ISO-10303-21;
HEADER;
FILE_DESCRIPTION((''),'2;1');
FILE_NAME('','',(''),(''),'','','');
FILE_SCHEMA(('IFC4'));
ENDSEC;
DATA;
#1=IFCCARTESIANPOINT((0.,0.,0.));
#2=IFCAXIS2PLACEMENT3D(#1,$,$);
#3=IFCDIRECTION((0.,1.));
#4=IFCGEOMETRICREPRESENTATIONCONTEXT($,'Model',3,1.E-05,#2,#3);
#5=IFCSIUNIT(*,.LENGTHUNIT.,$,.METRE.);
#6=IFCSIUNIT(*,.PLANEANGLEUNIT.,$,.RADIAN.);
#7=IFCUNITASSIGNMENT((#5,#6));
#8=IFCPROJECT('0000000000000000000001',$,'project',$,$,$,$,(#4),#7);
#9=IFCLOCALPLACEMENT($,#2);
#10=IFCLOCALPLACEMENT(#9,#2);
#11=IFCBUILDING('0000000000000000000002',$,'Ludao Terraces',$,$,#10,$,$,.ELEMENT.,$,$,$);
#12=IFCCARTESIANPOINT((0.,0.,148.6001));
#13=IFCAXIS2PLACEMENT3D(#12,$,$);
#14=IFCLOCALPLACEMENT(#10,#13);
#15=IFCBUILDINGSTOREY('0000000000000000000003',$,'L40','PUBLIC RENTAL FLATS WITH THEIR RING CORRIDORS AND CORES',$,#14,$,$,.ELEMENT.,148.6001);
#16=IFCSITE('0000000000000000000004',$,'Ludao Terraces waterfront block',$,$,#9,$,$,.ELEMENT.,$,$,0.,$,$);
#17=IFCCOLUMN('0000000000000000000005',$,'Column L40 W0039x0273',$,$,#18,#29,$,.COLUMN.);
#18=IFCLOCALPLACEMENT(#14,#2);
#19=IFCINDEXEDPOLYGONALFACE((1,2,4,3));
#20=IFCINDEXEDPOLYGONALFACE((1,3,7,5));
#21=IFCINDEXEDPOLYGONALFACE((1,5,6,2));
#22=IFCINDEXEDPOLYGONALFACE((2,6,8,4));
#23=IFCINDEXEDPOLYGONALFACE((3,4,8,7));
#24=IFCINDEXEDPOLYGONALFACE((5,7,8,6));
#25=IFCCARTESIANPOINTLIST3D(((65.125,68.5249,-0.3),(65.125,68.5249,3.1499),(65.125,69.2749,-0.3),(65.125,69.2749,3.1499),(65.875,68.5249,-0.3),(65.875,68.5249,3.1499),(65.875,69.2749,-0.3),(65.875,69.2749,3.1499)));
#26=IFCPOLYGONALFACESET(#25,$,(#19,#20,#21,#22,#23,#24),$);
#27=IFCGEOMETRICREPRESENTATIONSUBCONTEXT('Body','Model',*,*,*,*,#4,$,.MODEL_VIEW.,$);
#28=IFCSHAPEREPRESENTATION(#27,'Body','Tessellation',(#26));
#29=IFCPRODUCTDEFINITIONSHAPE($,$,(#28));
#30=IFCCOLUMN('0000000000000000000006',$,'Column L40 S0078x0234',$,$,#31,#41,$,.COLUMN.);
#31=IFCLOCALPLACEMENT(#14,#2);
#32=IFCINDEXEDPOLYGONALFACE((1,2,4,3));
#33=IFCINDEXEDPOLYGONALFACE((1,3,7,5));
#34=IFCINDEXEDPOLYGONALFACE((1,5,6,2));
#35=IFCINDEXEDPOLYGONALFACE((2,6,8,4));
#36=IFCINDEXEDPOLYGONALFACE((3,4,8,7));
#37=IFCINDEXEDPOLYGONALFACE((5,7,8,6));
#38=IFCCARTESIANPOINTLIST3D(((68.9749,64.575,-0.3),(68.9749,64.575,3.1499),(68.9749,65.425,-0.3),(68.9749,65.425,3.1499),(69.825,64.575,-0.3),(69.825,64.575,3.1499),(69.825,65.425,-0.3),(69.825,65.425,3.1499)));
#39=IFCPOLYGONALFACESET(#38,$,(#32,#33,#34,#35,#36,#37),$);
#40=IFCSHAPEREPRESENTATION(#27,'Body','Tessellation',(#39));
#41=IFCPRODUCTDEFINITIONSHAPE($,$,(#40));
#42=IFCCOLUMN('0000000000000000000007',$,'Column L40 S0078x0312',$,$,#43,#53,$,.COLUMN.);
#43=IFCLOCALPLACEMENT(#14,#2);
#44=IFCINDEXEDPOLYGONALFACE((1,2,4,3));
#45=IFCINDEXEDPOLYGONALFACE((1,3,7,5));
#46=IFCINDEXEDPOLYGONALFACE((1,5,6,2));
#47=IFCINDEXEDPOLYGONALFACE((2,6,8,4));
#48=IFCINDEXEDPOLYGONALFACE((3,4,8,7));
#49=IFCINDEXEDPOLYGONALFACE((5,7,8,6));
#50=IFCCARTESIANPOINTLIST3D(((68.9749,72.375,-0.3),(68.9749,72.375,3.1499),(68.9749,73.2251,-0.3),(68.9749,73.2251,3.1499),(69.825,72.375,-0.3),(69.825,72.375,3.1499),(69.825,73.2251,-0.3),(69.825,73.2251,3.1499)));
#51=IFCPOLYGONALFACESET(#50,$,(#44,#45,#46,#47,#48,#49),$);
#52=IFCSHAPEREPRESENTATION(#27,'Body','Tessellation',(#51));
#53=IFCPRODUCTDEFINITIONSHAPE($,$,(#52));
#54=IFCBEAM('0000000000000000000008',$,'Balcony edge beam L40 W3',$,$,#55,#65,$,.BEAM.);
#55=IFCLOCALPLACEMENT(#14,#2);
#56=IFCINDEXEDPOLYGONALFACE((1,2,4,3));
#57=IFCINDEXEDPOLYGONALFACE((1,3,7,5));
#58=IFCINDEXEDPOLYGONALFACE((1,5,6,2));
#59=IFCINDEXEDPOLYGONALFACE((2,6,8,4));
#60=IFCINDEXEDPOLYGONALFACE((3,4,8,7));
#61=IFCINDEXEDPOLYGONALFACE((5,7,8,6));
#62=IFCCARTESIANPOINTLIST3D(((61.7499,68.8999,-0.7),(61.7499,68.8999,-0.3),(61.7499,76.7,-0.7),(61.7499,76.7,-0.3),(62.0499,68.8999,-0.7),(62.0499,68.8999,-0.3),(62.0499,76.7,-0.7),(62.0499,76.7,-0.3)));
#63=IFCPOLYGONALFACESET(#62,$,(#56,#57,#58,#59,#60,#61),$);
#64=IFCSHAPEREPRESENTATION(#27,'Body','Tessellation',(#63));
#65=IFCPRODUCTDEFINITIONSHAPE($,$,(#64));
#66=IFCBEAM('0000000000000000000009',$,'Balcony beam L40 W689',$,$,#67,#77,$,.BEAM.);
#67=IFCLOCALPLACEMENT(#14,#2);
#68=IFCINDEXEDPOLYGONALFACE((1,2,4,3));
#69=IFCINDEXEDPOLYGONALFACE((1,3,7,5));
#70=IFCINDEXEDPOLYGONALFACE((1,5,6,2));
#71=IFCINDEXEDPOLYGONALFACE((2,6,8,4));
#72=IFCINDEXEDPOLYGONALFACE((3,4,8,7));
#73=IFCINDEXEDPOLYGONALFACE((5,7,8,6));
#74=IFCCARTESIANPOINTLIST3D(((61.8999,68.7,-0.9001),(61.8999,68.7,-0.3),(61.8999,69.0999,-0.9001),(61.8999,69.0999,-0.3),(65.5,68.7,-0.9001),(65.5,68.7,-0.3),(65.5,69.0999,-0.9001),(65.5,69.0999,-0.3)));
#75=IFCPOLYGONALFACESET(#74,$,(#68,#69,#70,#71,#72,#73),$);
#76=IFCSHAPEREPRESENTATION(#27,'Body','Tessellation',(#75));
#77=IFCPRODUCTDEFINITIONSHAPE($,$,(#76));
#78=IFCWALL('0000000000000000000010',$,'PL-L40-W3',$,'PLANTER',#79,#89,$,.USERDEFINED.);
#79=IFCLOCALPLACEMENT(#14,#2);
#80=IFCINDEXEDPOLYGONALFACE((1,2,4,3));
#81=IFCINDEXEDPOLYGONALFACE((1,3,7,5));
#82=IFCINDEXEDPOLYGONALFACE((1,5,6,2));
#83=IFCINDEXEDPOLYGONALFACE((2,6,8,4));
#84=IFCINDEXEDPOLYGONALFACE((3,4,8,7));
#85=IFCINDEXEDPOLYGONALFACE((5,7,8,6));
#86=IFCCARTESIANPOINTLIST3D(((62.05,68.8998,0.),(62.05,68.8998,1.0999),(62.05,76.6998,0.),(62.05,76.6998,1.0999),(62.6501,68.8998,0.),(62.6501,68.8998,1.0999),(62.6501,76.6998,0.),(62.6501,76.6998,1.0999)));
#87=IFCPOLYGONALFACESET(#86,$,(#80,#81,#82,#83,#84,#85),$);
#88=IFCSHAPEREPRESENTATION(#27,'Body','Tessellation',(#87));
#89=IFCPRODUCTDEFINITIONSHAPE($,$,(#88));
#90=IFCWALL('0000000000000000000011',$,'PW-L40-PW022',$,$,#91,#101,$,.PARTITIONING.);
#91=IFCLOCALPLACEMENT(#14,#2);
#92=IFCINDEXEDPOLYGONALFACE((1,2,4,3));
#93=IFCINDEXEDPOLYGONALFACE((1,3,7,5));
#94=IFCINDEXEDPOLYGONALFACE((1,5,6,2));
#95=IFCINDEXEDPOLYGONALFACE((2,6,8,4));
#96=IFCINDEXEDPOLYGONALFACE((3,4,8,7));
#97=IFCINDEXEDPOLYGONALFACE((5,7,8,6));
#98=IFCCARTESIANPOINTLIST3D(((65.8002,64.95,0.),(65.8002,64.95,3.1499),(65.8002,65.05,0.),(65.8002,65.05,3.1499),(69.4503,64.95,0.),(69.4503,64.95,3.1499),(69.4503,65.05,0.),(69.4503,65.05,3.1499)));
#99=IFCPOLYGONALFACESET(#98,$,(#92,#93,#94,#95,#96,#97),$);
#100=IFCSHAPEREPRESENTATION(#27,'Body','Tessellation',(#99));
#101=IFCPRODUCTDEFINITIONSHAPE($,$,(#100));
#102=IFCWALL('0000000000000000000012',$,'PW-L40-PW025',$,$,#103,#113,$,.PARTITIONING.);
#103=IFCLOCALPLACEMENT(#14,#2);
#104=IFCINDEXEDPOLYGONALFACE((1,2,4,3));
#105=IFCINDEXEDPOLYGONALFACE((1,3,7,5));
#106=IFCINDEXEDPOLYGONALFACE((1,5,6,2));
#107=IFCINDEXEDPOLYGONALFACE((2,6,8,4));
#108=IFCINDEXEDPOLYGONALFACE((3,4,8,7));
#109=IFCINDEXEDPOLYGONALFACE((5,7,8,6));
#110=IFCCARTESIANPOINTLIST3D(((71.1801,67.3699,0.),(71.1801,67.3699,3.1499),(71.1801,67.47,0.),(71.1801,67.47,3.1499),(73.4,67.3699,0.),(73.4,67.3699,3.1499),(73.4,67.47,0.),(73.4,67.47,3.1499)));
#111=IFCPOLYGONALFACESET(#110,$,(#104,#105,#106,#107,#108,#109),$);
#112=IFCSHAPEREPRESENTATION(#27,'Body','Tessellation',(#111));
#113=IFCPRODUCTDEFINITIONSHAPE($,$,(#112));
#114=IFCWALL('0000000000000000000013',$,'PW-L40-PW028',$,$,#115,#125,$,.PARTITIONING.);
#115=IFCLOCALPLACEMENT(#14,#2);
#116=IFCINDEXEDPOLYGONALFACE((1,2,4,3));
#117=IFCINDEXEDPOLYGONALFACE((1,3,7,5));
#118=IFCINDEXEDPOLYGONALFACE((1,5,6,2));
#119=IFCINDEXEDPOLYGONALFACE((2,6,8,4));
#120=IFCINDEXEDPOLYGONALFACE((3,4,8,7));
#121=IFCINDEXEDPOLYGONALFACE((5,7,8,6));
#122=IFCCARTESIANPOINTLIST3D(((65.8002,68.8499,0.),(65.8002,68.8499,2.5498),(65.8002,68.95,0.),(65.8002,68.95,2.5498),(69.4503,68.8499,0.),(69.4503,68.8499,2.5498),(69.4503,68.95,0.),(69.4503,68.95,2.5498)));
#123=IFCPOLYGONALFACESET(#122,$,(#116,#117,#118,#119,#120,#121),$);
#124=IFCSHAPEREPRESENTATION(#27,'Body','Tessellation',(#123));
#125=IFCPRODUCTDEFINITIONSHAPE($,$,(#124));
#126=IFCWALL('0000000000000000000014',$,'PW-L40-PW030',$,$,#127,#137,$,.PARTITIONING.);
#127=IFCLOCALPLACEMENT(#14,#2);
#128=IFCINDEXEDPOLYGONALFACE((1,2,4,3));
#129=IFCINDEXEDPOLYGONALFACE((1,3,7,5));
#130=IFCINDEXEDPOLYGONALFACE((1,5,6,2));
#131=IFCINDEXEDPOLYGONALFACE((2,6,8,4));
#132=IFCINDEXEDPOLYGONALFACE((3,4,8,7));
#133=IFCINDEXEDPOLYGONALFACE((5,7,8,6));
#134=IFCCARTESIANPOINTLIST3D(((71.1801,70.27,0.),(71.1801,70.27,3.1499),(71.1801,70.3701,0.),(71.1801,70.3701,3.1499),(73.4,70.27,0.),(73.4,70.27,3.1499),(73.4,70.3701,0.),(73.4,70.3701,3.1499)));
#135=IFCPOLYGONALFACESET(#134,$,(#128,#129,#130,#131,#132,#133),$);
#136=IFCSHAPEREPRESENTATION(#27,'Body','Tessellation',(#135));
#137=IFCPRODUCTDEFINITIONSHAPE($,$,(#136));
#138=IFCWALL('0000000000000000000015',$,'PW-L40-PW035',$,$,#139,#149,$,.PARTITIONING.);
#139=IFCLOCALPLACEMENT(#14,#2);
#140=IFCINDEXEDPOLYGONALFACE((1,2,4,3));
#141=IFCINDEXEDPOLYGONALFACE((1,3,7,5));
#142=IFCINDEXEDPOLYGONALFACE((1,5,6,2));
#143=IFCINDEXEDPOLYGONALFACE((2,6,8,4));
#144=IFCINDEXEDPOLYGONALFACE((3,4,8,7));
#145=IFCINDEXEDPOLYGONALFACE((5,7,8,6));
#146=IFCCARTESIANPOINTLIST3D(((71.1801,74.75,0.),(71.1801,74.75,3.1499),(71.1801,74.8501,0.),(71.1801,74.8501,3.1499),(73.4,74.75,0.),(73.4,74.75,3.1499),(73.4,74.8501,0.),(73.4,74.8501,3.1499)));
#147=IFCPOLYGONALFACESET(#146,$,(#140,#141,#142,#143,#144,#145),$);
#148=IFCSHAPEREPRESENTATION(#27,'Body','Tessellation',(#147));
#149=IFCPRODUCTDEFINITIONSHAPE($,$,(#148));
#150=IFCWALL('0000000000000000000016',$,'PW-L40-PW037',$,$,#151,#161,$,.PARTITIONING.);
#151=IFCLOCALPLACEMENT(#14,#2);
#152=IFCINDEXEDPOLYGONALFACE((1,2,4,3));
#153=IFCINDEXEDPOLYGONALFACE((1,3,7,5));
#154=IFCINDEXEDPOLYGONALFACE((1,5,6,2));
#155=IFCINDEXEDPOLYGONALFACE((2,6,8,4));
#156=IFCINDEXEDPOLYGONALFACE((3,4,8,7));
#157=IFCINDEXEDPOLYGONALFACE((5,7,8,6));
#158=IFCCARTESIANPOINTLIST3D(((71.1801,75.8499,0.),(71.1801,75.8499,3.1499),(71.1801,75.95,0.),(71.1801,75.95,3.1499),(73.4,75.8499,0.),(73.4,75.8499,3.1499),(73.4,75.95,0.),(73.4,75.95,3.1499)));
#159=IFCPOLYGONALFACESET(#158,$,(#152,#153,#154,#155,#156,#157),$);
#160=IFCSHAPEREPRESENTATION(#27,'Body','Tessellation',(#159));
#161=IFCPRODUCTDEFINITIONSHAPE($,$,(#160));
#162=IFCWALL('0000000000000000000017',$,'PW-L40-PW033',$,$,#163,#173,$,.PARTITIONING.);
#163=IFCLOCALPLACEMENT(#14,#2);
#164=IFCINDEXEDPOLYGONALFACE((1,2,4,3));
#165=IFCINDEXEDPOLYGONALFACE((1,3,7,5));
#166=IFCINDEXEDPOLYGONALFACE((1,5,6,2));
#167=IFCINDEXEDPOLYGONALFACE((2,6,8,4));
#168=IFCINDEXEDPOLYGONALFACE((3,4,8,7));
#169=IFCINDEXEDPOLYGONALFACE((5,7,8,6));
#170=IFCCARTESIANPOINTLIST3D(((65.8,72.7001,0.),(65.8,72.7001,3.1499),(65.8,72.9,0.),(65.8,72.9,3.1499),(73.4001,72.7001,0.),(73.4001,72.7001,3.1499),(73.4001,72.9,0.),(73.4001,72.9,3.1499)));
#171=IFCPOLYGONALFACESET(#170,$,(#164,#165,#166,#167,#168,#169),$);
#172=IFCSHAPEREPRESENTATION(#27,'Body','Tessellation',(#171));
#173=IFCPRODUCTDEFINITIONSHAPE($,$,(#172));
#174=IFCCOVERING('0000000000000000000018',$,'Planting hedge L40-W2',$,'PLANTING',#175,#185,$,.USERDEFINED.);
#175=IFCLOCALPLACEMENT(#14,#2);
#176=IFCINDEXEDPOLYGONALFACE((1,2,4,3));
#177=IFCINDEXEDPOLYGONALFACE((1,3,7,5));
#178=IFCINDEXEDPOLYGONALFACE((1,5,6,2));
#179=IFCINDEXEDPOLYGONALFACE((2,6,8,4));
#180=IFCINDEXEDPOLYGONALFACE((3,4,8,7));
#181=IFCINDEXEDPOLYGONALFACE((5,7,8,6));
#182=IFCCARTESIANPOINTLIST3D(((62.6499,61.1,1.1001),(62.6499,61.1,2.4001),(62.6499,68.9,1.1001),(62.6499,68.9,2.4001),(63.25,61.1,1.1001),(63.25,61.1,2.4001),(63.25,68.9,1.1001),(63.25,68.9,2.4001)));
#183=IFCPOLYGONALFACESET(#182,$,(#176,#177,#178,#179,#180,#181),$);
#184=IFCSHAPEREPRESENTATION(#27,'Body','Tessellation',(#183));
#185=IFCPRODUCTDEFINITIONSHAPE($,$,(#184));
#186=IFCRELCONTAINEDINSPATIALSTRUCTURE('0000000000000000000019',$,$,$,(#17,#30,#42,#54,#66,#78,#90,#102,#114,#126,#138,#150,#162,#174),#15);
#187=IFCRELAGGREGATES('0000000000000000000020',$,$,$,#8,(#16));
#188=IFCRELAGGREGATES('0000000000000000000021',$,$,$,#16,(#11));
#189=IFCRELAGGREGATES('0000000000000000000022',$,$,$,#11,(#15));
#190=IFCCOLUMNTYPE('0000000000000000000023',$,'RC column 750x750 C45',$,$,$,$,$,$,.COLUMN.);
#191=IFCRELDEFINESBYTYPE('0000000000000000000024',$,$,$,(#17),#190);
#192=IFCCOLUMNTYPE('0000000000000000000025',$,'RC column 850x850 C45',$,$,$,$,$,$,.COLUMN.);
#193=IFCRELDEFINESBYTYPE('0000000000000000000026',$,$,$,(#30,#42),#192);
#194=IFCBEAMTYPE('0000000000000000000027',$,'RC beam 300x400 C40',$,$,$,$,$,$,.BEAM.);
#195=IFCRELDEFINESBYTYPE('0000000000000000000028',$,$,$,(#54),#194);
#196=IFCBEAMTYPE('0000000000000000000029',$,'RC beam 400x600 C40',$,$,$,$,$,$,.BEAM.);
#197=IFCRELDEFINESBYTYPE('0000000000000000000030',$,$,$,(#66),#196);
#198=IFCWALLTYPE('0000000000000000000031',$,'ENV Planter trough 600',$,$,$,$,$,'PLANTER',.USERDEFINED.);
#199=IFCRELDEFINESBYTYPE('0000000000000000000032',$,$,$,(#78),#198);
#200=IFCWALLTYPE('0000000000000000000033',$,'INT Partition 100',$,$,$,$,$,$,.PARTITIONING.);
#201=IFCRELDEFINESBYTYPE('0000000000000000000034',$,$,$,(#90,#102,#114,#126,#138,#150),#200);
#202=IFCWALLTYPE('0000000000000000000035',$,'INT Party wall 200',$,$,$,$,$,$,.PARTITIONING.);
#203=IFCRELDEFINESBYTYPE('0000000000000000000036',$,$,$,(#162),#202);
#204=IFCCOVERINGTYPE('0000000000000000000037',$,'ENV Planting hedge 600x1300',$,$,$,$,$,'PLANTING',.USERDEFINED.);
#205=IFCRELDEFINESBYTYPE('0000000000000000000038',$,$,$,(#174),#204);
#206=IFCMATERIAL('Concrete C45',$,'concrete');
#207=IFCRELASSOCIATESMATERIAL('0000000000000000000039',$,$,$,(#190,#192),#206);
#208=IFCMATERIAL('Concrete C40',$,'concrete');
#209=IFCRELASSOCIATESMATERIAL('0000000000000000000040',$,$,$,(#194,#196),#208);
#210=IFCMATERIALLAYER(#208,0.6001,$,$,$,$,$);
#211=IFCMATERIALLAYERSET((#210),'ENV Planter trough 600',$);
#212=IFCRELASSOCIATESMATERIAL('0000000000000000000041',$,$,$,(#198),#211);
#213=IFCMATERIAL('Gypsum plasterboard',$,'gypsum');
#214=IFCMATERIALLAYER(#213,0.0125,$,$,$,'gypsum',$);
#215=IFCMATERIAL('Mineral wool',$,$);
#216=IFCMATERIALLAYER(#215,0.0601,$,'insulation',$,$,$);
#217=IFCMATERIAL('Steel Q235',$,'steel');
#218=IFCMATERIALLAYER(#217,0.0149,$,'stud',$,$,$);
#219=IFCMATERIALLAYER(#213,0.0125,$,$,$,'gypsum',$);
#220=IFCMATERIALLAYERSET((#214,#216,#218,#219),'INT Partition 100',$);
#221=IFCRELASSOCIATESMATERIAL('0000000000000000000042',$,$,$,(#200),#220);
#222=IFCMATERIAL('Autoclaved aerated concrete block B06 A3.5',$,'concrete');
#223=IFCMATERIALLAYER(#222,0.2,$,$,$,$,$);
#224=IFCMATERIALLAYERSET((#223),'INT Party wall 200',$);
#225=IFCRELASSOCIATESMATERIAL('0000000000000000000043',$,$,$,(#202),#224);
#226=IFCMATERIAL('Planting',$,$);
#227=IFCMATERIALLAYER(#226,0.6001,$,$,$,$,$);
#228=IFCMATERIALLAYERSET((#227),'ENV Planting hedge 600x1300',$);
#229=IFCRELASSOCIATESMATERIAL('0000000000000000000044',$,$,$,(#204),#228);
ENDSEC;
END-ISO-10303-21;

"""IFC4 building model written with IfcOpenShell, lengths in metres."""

from ifc_helpers import new_model, si_unit, direction, frame, frame_2d, origin, origin_2d, place, context, subcontext, project, spatial, rectangle, extrude, material, layer, layer_set, material_profile, profile_set, type_object, element, save


model = new_model("IFC4")

# Units and contexts
model_context = context("Model", 3, precision=1e-05, world=origin(), true_north=direction((0.0, 1.0)))
body_context = subcontext(model_context, "Body", "Model", "MODEL_VIEW")
ifc_project = project(units=[si_unit("LENGTHUNIT", "METRE"), si_unit("PLANEANGLEUNIT", "RADIAN")], contexts=[model_context])

# Site, building, storey
site_placement = place(None, origin())
site = spatial("IfcSite", under=ifc_project, at=site_placement, Name="Ludao Terraces waterfront block", CompositionType="ELEMENT", RefElevation=0.0)
building_placement = place(site_placement, origin())
building = spatial("IfcBuilding", under=site, at=building_placement, Name="Ludao Terraces", CompositionType="ELEMENT")
storey_placement = place(building_placement, frame((0.0, 0.0, 148.6001)))
storey = spatial("IfcBuildingStorey", under=building, at=storey_placement, Name="L40", Description="PUBLIC RENTAL FLATS WITH THEIR RING CORRIDORS AND CORES", CompositionType="ELEMENT", Elevation=148.6001)

# Columns
ifc_material_1 = material(Name="Concrete C45", Category="concrete")
ifc_material_profile_1 = material_profile(ifc_material_1, rectangle(XDim=0.75, YDim=0.75, at=origin_2d()), Name="750 X 750")
ifc_profile_set_1 = profile_set([ifc_material_profile_1], Name="Concrete C45")
column_type_1 = type_object("IfcColumnType", Name="RC column 750x750 C45", PredefinedType="COLUMN", material=ifc_profile_set_1)
column_placement = place(storey_placement, frame((65.5, 68.8999, -0.3), z_axis=(0.0, 0.0, 1.0), x_axis=(1.0, 0.0, 0.0)))
element("IfcColumn", 1, at=column_placement, inside=storey, type_object=column_type_1, Name="Column L40 W0039x0273", PredefinedType="COLUMN", context=body_context, shape_type="SweptSolid", body=[
    extrude(rectangle(XDim=0.75, YDim=0.75, at=origin_2d()), origin(), (0.0, 0.0, 1.0), 3.45),
])
ifc_material_profile_2 = material_profile(ifc_material_1, rectangle(XDim=0.8501, YDim=0.8501, at=origin_2d()), Name="850 X 850")
ifc_profile_set_2 = profile_set([ifc_material_profile_2], Name="Concrete C45")
column_type_2 = type_object("IfcColumnType", Name="RC column 850x850 C45", PredefinedType="COLUMN", material=ifc_profile_set_2)
for number, where, z_axis, x_axis, name in (
    (2, (69.3999, 65.0, -0.3), (0.0, 0.0, 1.0), (1.0, 0.0, 0.0), "Column L40 S0078x0234"),
    (3, (69.3999, 72.8, -0.3), (0.0, 0.0, 1.0), (1.0, 0.0, 0.0), "Column L40 S0078x0312"),
):
    element("IfcColumn", number, at=place(storey_placement, frame(where, z_axis=z_axis, x_axis=x_axis)), inside=storey, type_object=column_type_2, Name=name, PredefinedType="COLUMN", context=body_context, shape_type="SweptSolid", body=[
        extrude(rectangle(XDim=0.8501, YDim=0.8501, at=origin_2d()), origin(), (0.0, 0.0, 1.0), 3.45),
    ])

# Beams
ifc_material_2 = material(Name="Concrete C40", Category="concrete")
ifc_material_profile_3 = material_profile(ifc_material_2, rectangle(XDim=0.3, YDim=0.3999, at=origin_2d()), Name="300 X 400")
ifc_profile_set_3 = profile_set([ifc_material_profile_3], Name="Concrete C40")
beam_type_1 = type_object("IfcBeamType", Name="RC beam 300x400 C40", PredefinedType="BEAM", material=ifc_profile_set_3)
beam_1_placement = place(storey_placement, frame((61.8999, 68.8999, -0.5), z_axis=(0.0, 1.0, 0.0), x_axis=(-1.0, 0.0, 0.0)))
element("IfcBeam", 4, at=beam_1_placement, inside=storey, type_object=beam_type_1, Name="Balcony edge beam L40 W3", PredefinedType="BEAM", context=body_context, shape_type="SweptSolid", body=[
    extrude(rectangle(XDim=0.3, YDim=0.3999, at=origin_2d()), origin(), (0.0, 0.0, 1.0), 7.8),
])
ifc_material_profile_4 = material_profile(ifc_material_2, rectangle(XDim=0.3999, YDim=0.6001, at=origin_2d()), Name="400 X 600")
ifc_profile_set_4 = profile_set([ifc_material_profile_4], Name="Concrete C40")
beam_type_2 = type_object("IfcBeamType", Name="RC beam 400x600 C40", PredefinedType="BEAM", material=ifc_profile_set_4)
beam_2_placement = place(storey_placement, frame((65.5, 68.8999, -0.6001), z_axis=(-1.0, 0.0, 0.0), x_axis=(0.0, -1.0, 0.0)))
element("IfcBeam", 5, at=beam_2_placement, inside=storey, type_object=beam_type_2, Name="Balcony beam L40 W689", PredefinedType="BEAM", context=body_context, shape_type="SweptSolid", body=[
    extrude(rectangle(XDim=0.3999, YDim=0.6001, at=origin_2d()), origin(), (0.0, 0.0, 1.0), 3.6001),
])

# Wall
ifc_layer_1 = layer(ifc_material_2, 0.6001)
ifc_layer_set_1 = layer_set([ifc_layer_1], Name="ENV Planter trough 600")
wall_type_1 = type_object("IfcWallType", Name="ENV Planter trough 600", ElementType="PLANTER", PredefinedType="USERDEFINED", material=ifc_layer_set_1)
wall_1_placement = place(storey_placement, frame((62.3501, 68.8999, 0.0), z_axis=(0.0, 0.0, 1.0), x_axis=(0.0, 1.0, 0.0)))
element("IfcWall", 6, at=wall_1_placement, inside=storey, type_object=wall_type_1, Name="PL-L40-W3", ObjectType="PLANTER", PredefinedType="USERDEFINED", context=body_context, shape_type="SweptSolid", body=[
    extrude(rectangle(XDim=7.8, YDim=0.6001, at=frame_2d((3.8999, 0.0))), origin(), (0.0, 0.0, 1.0), 1.0999),
])

# Shared definitions
ifc_material_3 = material(Name="Mineral wool")

# Walls
ifc_material_4 = material(Name="Gypsum plasterboard", Category="gypsum")
ifc_layer_2 = layer(ifc_material_4, 0.0125, Category="gypsum")
ifc_layer_3 = layer(ifc_material_3, 0.0601, Name="insulation")
ifc_material_5 = material(Name="Steel Q235", Category="steel")
ifc_layer_4 = layer(ifc_material_5, 0.0149, Name="stud")
ifc_layer_5 = layer(ifc_material_4, 0.0125, Category="gypsum")
ifc_layer_set_2 = layer_set([ifc_layer_2, ifc_layer_3, ifc_layer_4, ifc_layer_5], Name="INT Partition 100")
wall_type_2 = type_object("IfcWallType", Name="INT Partition 100", PredefinedType="PARTITIONING", material=ifc_layer_set_2)
wall_2_placement = place(storey_placement, frame((65.8, 65.0, 0.0), z_axis=(0.0, 0.0, 1.0), x_axis=(1.0, 0.0, 0.0)))
element("IfcWall", 7, at=wall_2_placement, inside=storey, type_object=wall_type_2, Name="PW-L40-PW022", PredefinedType="PARTITIONING", context=body_context, shape_type="SweptSolid", body=[
    extrude(rectangle(XDim=3.6501, YDim=0.1001, at=frame_2d((1.8252, 0.0))), origin(), (0.0, 0.0, 1.0), 3.1499),
])
wall_3_placement = place(storey_placement, frame((71.1802, 67.4199, 0.0), z_axis=(0.0, 0.0, 1.0), x_axis=(1.0, 0.0, 0.0)))
element("IfcWall", 8, at=wall_3_placement, inside=storey, type_object=wall_type_2, Name="PW-L40-PW025", PredefinedType="PARTITIONING", context=body_context, shape_type="SweptSolid", body=[
    extrude(rectangle(XDim=2.22, YDim=0.1001, at=frame_2d((1.1099, 0.0))), origin(), (0.0, 0.0, 1.0), 3.1499),
])
wall_4_placement = place(storey_placement, frame((65.8, 68.8999, 0.0), z_axis=(0.0, 0.0, 1.0), x_axis=(1.0, 0.0, 0.0)))
element("IfcWall", 9, at=wall_4_placement, inside=storey, type_object=wall_type_2, Name="PW-L40-PW028", PredefinedType="PARTITIONING", context=body_context, shape_type="SweptSolid", body=[
    extrude(rectangle(XDim=3.6501, YDim=0.1001, at=frame_2d((1.8252, 0.0))), origin(), (0.0, 0.0, 1.0), 2.5498),
])
for number, where, z_axis, x_axis, name in (
    (10, (71.1802, 70.3201, 0.0), (0.0, 0.0, 1.0), (1.0, 0.0, 0.0), "PW-L40-PW030"),
    (11, (71.1802, 74.8, 0.0), (0.0, 0.0, 1.0), (1.0, 0.0, 0.0), "PW-L40-PW035"),
    (12, (71.1802, 75.8999, 0.0), (0.0, 0.0, 1.0), (1.0, 0.0, 0.0), "PW-L40-PW037"),
):
    element("IfcWall", number, at=place(storey_placement, frame(where, z_axis=z_axis, x_axis=x_axis)), inside=storey, type_object=wall_type_2, Name=name, PredefinedType="PARTITIONING", context=body_context, shape_type="SweptSolid", body=[
        extrude(rectangle(XDim=2.22, YDim=0.1001, at=frame_2d((1.1099, 0.0))), origin(), (0.0, 0.0, 1.0), 3.1499),
    ])
ifc_material_6 = material(Name="Autoclaved aerated concrete block B06 A3.5", Category="concrete")
ifc_layer_6 = layer(ifc_material_6, 0.2)
ifc_layer_set_3 = layer_set([ifc_layer_6], Name="INT Party wall 200")
wall_type_3 = type_object("IfcWallType", Name="INT Party wall 200", PredefinedType="PARTITIONING", material=ifc_layer_set_3)
wall_5_placement = place(storey_placement, frame((65.8, 72.8, 0.0), z_axis=(0.0, 0.0, 1.0), x_axis=(1.0, 0.0, 0.0)))
element("IfcWall", 13, at=wall_5_placement, inside=storey, type_object=wall_type_3, Name="PW-L40-PW033", PredefinedType="PARTITIONING", context=body_context, shape_type="SweptSolid", body=[
    extrude(rectangle(XDim=7.6001, YDim=0.2, at=frame_2d((3.8, 0.0))), origin(), (0.0, 0.0, 1.0), 3.1499),
])

# Covering
ifc_material_7 = material(Name="Planting")
ifc_layer_7 = layer(ifc_material_7, 0.6001)
ifc_layer_set_4 = layer_set([ifc_layer_7], Name="ENV Planting hedge 600x1300")
covering_type = type_object("IfcCoveringType", Name="ENV Planting hedge 600x1300", ElementType="PLANTING", PredefinedType="USERDEFINED", material=ifc_layer_set_4)
for number, where, z_axis, x_axis, name in (
    (14, (62.95, 65.0, 1.1001), (0.0, 0.0, 1.0), (1.0, 0.0, 0.0), "Planting hedge L40-W2"),
):
    element("IfcCovering", number, at=place(storey_placement, frame(where, z_axis=z_axis, x_axis=x_axis)), inside=storey, type_object=covering_type, Name=name, ObjectType="PLANTING", PredefinedType="USERDEFINED", context=body_context, shape_type="SweptSolid", body=[
        extrude(rectangle(XDim=0.6001, YDim=7.8, at=origin_2d()), origin(), (0.0, 0.0, 1.0), 1.3),
    ])

save(model, "model.ifc")
